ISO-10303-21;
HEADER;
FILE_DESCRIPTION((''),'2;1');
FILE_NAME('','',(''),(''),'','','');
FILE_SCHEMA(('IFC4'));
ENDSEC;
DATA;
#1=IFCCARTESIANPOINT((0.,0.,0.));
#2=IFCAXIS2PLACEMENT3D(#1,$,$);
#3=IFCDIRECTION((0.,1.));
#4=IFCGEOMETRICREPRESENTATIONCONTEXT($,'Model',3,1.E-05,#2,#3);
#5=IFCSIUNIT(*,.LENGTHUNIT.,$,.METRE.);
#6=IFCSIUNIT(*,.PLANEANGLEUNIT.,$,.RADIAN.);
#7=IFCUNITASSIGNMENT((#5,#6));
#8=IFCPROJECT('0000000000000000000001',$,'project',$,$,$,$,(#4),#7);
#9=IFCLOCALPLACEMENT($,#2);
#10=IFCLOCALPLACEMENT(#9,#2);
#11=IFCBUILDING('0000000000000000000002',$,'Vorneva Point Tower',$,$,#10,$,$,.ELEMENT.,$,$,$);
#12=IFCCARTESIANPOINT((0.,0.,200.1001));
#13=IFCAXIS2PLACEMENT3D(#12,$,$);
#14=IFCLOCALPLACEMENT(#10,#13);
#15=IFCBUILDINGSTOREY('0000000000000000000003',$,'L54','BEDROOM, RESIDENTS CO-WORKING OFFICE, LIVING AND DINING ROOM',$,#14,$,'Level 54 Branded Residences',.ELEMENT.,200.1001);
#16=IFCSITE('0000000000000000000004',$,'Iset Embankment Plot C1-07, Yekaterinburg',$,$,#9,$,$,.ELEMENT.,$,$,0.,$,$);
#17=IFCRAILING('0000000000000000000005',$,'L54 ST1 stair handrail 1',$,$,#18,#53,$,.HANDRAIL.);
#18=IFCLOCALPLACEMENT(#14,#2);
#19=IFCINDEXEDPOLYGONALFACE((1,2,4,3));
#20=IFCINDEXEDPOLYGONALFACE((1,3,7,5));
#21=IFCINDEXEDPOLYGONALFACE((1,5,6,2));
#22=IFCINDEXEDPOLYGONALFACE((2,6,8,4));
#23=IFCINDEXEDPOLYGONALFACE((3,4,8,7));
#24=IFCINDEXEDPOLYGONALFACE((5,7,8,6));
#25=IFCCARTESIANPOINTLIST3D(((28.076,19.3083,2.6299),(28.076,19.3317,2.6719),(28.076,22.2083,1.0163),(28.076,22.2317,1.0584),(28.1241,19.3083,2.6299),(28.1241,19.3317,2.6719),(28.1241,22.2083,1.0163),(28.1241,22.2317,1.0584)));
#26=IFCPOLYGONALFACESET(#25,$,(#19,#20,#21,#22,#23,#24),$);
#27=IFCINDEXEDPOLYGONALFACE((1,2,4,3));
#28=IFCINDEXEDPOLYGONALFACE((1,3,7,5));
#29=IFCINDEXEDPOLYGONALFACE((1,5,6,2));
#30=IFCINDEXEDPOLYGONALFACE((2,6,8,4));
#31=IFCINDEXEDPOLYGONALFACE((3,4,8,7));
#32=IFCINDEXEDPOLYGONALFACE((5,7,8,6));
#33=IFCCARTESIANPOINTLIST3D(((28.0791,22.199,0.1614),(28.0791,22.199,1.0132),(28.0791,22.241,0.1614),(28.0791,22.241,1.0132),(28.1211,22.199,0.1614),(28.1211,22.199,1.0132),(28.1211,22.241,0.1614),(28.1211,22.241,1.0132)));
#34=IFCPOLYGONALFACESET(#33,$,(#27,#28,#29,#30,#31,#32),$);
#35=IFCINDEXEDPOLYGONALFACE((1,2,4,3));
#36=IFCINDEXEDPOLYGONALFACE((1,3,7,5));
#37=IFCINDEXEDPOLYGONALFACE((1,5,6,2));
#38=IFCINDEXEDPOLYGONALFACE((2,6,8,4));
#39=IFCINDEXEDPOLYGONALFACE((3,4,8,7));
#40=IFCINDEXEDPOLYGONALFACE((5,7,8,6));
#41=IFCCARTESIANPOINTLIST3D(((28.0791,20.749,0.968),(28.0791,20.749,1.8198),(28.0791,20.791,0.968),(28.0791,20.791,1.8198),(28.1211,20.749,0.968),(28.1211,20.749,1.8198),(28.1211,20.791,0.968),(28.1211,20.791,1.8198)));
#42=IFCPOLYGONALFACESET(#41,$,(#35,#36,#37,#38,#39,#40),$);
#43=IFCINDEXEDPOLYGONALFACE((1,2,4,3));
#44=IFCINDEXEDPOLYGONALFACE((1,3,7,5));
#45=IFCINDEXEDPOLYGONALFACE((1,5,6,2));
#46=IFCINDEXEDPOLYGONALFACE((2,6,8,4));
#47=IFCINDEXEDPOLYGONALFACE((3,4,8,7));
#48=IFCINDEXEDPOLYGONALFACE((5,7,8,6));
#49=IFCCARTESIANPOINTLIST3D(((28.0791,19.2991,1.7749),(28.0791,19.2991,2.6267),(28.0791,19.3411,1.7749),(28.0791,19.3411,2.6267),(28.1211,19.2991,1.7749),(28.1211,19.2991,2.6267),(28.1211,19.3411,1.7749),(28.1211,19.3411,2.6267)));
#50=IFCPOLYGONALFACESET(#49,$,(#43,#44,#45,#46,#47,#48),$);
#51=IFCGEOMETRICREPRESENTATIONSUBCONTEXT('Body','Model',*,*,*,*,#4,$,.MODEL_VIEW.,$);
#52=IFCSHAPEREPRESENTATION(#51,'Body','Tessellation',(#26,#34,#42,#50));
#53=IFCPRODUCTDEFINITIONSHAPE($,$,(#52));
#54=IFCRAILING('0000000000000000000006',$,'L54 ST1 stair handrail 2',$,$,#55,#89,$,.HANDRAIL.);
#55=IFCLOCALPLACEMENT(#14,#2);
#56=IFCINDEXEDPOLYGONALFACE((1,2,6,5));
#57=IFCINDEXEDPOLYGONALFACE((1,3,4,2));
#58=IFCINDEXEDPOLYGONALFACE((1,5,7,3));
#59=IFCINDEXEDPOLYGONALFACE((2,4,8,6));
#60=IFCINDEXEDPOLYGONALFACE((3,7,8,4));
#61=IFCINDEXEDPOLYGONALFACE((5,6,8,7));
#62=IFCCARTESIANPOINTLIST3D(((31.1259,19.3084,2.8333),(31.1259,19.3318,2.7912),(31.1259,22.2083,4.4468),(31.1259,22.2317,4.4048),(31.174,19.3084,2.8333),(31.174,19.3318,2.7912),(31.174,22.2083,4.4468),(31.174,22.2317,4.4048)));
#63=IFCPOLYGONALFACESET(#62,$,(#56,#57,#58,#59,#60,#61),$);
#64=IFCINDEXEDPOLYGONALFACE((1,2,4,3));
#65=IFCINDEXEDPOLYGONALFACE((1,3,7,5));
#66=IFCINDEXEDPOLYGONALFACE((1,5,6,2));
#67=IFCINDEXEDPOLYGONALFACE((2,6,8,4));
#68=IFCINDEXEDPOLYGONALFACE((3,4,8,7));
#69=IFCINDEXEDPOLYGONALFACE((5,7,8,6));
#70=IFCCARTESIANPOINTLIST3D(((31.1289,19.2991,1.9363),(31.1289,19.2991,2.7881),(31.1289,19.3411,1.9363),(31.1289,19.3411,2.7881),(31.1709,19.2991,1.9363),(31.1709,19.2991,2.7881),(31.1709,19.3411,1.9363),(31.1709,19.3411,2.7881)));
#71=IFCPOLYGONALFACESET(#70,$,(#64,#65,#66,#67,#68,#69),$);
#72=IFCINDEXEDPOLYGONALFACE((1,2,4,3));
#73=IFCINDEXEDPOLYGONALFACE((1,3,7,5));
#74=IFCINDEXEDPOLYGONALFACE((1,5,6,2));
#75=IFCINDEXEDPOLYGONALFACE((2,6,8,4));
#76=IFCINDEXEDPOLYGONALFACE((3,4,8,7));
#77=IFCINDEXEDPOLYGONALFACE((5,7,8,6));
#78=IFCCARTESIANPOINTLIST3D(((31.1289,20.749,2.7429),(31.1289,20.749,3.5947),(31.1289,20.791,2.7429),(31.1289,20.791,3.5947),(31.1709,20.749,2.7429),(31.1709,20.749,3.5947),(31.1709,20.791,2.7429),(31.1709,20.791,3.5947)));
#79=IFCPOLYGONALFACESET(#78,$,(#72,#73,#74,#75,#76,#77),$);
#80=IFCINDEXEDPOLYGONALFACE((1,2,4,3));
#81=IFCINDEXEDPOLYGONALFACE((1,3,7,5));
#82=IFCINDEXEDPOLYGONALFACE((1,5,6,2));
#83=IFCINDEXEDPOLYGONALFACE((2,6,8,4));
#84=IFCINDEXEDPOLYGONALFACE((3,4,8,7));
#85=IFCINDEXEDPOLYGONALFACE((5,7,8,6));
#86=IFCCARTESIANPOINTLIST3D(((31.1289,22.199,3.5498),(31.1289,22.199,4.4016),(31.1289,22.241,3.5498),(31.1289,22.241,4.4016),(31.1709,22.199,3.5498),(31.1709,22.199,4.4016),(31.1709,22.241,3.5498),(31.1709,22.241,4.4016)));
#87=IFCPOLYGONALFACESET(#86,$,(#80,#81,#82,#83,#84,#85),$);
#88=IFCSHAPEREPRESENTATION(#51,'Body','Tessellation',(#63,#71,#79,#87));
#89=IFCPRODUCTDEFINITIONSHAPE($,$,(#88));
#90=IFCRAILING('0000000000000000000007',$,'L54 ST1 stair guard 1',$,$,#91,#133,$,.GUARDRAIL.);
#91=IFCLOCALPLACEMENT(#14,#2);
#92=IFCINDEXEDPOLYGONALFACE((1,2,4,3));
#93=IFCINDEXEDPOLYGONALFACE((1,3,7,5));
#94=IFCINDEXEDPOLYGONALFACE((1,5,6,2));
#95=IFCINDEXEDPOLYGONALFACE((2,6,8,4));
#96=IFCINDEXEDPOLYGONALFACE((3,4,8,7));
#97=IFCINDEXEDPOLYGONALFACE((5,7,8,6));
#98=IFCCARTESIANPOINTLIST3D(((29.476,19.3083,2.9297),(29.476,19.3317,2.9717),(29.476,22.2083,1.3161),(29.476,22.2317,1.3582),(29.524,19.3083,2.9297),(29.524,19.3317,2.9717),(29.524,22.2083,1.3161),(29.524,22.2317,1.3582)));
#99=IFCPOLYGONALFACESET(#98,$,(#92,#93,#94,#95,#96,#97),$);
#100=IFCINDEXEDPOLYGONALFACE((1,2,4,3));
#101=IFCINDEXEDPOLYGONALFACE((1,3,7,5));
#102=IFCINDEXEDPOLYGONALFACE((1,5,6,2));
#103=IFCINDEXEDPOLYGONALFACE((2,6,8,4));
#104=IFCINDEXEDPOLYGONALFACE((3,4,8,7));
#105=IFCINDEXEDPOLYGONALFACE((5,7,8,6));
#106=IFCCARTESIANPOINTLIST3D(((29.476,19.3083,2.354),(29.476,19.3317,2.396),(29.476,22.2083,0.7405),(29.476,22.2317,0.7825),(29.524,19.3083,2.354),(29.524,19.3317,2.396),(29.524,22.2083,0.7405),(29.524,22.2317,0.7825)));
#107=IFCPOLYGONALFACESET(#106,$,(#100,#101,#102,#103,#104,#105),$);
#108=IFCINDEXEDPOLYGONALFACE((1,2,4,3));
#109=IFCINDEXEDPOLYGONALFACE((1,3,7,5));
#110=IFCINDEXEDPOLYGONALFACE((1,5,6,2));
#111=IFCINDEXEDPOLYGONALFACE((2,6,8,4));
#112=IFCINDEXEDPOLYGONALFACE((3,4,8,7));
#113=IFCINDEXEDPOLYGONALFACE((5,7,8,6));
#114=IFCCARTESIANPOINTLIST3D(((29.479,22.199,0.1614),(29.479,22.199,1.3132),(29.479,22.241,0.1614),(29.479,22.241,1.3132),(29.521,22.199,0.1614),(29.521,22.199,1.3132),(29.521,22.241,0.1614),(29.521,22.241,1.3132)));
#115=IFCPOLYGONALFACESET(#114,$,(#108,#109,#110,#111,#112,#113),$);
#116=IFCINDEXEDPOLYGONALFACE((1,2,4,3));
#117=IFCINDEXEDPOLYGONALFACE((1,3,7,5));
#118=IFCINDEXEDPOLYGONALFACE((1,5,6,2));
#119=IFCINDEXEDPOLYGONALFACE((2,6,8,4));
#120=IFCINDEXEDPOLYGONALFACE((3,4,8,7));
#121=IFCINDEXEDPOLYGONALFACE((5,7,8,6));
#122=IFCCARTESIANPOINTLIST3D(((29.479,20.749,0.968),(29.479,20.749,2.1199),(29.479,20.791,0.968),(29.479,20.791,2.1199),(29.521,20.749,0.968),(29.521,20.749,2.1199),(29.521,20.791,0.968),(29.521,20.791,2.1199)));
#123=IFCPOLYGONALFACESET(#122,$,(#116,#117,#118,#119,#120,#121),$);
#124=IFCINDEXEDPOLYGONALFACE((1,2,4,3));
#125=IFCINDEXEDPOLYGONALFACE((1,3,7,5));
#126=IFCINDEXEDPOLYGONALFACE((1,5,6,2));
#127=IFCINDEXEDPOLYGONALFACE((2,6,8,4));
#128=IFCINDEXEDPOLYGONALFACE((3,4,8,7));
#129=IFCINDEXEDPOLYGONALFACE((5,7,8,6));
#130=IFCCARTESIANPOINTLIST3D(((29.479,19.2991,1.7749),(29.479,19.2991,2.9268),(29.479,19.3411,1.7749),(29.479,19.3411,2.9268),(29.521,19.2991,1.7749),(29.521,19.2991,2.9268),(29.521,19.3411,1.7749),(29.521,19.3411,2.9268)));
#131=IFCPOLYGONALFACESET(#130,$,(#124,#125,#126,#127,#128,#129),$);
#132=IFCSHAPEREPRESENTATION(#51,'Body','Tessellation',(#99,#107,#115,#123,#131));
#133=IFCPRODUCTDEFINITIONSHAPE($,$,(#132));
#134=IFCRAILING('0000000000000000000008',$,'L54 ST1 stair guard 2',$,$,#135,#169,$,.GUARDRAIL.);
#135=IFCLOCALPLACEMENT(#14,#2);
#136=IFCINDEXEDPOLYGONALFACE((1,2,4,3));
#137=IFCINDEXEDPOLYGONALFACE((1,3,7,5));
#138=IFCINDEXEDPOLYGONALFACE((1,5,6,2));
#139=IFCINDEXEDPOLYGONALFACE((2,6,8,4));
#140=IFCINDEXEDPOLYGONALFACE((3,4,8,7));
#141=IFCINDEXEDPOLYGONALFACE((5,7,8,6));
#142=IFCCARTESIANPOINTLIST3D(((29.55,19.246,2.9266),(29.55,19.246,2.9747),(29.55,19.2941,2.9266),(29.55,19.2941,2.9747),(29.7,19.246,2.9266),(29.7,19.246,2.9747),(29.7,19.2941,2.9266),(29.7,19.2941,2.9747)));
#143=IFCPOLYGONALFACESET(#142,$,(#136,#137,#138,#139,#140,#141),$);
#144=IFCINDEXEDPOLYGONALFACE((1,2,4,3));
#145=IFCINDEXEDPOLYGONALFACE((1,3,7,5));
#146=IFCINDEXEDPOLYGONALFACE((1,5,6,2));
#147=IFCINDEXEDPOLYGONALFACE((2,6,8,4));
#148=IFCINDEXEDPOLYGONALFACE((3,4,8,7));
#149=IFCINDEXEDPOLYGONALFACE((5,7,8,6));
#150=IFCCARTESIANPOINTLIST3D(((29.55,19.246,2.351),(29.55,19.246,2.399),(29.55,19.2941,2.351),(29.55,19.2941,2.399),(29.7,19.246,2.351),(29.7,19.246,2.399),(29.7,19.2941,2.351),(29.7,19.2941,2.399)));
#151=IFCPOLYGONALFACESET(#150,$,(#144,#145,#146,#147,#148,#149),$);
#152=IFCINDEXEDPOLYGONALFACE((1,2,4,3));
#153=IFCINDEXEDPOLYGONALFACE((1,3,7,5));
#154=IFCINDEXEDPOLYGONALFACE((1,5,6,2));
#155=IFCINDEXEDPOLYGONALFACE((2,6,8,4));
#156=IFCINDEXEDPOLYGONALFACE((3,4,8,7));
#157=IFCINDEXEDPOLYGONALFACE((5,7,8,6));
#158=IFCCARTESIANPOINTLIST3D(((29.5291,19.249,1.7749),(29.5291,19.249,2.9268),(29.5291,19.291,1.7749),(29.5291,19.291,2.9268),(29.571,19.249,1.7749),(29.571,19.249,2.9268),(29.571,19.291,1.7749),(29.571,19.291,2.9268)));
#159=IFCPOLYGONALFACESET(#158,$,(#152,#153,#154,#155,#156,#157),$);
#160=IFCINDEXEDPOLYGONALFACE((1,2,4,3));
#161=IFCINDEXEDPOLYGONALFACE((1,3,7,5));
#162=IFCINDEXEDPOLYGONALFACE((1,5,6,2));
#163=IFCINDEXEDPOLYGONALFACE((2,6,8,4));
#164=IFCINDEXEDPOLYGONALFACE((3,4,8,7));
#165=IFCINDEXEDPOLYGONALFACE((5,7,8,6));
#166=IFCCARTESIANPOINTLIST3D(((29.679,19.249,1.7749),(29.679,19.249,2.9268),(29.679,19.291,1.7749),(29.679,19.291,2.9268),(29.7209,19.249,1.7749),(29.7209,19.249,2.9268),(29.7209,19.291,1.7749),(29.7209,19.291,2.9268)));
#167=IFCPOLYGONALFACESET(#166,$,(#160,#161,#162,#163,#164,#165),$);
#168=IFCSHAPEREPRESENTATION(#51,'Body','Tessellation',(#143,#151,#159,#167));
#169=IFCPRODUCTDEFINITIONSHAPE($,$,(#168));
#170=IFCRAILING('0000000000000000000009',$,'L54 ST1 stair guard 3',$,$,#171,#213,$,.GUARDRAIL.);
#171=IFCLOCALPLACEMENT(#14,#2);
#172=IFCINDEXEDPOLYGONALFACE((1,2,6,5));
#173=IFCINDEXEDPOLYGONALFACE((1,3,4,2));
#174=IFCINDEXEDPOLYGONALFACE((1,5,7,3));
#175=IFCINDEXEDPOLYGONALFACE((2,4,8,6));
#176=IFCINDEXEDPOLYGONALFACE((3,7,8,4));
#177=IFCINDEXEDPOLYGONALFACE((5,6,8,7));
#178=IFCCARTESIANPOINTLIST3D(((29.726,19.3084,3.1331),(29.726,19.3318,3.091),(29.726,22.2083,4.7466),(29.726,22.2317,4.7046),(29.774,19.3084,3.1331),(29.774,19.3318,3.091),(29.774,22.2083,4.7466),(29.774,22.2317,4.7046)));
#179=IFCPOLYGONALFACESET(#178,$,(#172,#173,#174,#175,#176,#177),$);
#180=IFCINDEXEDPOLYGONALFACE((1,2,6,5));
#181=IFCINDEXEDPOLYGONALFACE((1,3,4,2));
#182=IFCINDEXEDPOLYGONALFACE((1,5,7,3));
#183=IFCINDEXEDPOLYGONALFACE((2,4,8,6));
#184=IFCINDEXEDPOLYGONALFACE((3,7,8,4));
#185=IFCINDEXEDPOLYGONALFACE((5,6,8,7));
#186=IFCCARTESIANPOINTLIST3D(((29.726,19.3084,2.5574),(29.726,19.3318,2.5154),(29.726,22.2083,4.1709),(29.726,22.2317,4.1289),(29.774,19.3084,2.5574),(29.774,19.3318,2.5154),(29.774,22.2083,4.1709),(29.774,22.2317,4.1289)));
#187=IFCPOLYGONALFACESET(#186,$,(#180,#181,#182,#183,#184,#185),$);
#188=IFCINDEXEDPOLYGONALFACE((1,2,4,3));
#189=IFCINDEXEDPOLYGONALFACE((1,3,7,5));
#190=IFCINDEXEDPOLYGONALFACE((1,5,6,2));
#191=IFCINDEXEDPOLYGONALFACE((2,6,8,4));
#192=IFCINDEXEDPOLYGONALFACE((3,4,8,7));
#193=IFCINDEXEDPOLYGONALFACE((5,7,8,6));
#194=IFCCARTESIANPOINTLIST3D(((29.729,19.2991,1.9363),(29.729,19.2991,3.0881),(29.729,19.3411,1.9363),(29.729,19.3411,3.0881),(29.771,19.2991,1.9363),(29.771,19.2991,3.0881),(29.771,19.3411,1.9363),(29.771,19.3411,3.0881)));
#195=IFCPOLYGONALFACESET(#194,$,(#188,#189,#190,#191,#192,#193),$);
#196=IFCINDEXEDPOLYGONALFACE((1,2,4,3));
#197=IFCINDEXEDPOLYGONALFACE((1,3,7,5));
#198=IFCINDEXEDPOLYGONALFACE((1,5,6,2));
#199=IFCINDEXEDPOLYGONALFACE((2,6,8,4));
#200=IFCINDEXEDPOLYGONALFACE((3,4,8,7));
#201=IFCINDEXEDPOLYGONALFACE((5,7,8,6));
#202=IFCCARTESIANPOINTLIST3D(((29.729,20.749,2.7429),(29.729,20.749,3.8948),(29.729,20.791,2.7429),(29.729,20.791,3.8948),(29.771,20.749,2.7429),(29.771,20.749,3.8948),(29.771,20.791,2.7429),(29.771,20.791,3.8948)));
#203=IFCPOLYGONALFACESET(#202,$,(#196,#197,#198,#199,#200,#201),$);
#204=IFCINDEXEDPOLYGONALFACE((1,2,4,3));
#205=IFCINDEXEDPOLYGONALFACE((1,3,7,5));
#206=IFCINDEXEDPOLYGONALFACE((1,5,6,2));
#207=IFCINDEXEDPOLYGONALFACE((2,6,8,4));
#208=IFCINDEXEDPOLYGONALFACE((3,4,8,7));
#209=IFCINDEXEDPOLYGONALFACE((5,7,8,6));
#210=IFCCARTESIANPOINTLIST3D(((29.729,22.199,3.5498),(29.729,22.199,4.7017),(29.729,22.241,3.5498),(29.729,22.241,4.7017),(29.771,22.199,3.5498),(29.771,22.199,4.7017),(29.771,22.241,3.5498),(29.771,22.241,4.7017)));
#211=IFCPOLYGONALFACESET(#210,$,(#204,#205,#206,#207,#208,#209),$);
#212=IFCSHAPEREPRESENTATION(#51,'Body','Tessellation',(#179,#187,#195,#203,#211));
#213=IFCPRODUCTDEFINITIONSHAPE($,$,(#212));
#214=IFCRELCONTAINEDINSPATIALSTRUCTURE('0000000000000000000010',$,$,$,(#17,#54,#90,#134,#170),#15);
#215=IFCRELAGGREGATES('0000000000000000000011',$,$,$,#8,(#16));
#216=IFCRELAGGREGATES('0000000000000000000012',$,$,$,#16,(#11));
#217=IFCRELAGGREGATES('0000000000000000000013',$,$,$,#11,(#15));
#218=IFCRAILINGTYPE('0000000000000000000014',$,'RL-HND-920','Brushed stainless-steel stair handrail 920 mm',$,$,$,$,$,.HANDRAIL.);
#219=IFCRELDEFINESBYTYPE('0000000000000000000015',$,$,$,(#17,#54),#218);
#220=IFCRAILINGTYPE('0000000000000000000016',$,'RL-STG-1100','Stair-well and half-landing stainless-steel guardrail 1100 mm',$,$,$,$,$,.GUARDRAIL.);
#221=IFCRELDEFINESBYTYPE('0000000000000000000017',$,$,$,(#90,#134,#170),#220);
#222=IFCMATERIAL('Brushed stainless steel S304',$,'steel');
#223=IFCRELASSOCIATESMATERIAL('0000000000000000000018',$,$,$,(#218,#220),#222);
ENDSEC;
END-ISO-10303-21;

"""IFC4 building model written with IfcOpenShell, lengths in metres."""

from ifc_helpers import new_model, si_unit, direction, frame, origin, origin_2d, place, context, subcontext, project, spatial, rectangle, extrude, material, type_object, element, save


model = new_model("IFC4")

# Units and contexts
model_context = context("Model", 3, precision=1e-05, world=origin(), true_north=direction((0.0, 1.0)))
body_context = subcontext(model_context, "Body", "Model", "MODEL_VIEW")
ifc_project = project(units=[si_unit("LENGTHUNIT", "METRE"), si_unit("PLANEANGLEUNIT", "RADIAN")], contexts=[model_context])

# Site, building, storey
site_placement = place(None, origin())
site = spatial("IfcSite", under=ifc_project, at=site_placement, Name="Iset Embankment Plot C1-07, Yekaterinburg", CompositionType="ELEMENT", RefElevation=0.0)
building_placement = place(site_placement, origin())
building = spatial("IfcBuilding", under=site, at=building_placement, Name="Vorneva Point Tower", CompositionType="ELEMENT")
storey_placement = place(building_placement, frame((0.0, 0.0, 200.1001)))
storey = spatial("IfcBuildingStorey", under=building, at=storey_placement, Name="L54", Description="BEDROOM, RESIDENTS CO-WORKING OFFICE, LIVING AND DINING ROOM", LongName="Level 54 Branded Residences", CompositionType="ELEMENT", Elevation=200.1001)

# Shared definitions
ifc_material_1 = material(Name="Brushed stainless steel S304", Category="steel")

# Railings
railing_type_1 = type_object("IfcRailingType", Name="RL-HND-920", Description="Brushed stainless-steel stair handrail 920 mm", PredefinedType="HANDRAIL", material=ifc_material_1)
railing_1_placement = place(storey_placement, frame((28.1001, 22.22, 0.1614)))
element("IfcRailing", 1, at=railing_1_placement, inside=storey, type_object=railing_type_1, Name="L54 ST1 stair handrail 1", PredefinedType="HANDRAIL", context=body_context, shape_type="SweptSolid", body=[
    extrude(rectangle(XDim=0.0481, YDim=0.0481, at=origin_2d()), frame((0.0, 0.0, 0.876), z_axis=(0.0, -0.873841, 0.486211), x_axis=(1.0, 0.0, 0.0)), (0.0, 0.0, 1.0), 3.3186),
    extrude(rectangle(XDim=0.042, YDim=0.042, at=origin_2d()), origin(), (0.0, 0.0, 1.0), 0.8518),
    extrude(rectangle(XDim=0.042, YDim=0.042, at=origin_2d()), frame((0.0, -1.45, 0.8066)), (0.0, 0.0, 1.0), 0.8518),
    extrude(rectangle(XDim=0.042, YDim=0.042, at=origin_2d()), frame((0.0, -2.8999, 1.6135)), (0.0, 0.0, 1.0), 0.8518),
])
railing_2_placement = place(storey_placement, frame((31.1499, 19.3201, 1.9363)))
element("IfcRailing", 2, at=railing_2_placement, inside=storey, type_object=railing_type_1, Name="L54 ST1 stair handrail 2", PredefinedType="HANDRAIL", context=body_context, shape_type="SweptSolid", body=[
    extrude(rectangle(XDim=0.0481, YDim=0.0481, at=origin_2d()), frame((0.0, 0.0, 0.876), z_axis=(0.0, 0.873841, 0.486211), x_axis=(-1.0, 0.0, 0.0)), (0.0, 0.0, 1.0), 3.3186),
    extrude(rectangle(XDim=0.042, YDim=0.042, at=origin_2d()), origin(), (0.0, 0.0, 1.0), 0.8518),
    extrude(rectangle(XDim=0.042, YDim=0.042, at=origin_2d()), frame((0.0, 1.45, 0.8066)), (0.0, 0.0, 1.0), 0.8518),
    extrude(rectangle(XDim=0.042, YDim=0.042, at=origin_2d()), frame((0.0, 2.8999, 1.6135)), (0.0, 0.0, 1.0), 0.8518),
])
railing_type_2 = type_object("IfcRailingType", Name="RL-STG-1100", Description="Stair-well and half-landing stainless-steel guardrail 1100 mm", PredefinedType="GUARDRAIL", material=ifc_material_1)
railing_3_placement = place(storey_placement, frame((29.5, 22.22, 0.1614)))
element("IfcRailing", 3, at=railing_3_placement, inside=storey, type_object=railing_type_2, Name="L54 ST1 stair guard 1", PredefinedType="GUARDRAIL", context=body_context, shape_type="SweptSolid", body=[
    extrude(rectangle(XDim=0.0481, YDim=0.0481, at=origin_2d()), frame((0.0, 0.0, 1.1758), z_axis=(0.0, -0.873841, 0.486211), x_axis=(1.0, 0.0, 0.0)), (0.0, 0.0, 1.0), 3.3186),
    extrude(rectangle(XDim=0.0481, YDim=0.0481, at=origin_2d()), frame((0.0, 0.0, 0.6001), z_axis=(0.0, -0.873841, 0.486211), x_axis=(1.0, 0.0, 0.0)), (0.0, 0.0, 1.0), 3.3186),
    extrude(rectangle(XDim=0.042, YDim=0.042, at=origin_2d()), origin(), (0.0, 0.0, 1.0), 1.1519),
    extrude(rectangle(XDim=0.042, YDim=0.042, at=origin_2d()), frame((0.0, -1.45, 0.8066)), (0.0, 0.0, 1.0), 1.1519),
    extrude(rectangle(XDim=0.042, YDim=0.042, at=origin_2d()), frame((0.0, -2.8999, 1.6135)), (0.0, 0.0, 1.0), 1.1519),
])
railing_4_placement = place(storey_placement, frame((29.55, 19.27, 1.7749)))
element("IfcRailing", 4, at=railing_4_placement, inside=storey, type_object=railing_type_2, Name="L54 ST1 stair guard 2", PredefinedType="GUARDRAIL", context=body_context, shape_type="SweptSolid", body=[
    extrude(rectangle(XDim=0.0481, YDim=0.0481, at=origin_2d()), frame((0.0, 0.0, 1.1758), z_axis=(1.0, 0.0, 0.0), x_axis=(0.0, 1.0, 0.0)), (0.0, 0.0, 1.0), 0.1499),
    extrude(rectangle(XDim=0.0481, YDim=0.0481, at=origin_2d()), frame((0.0, 0.0, 0.6001), z_axis=(1.0, 0.0, 0.0), x_axis=(0.0, 1.0, 0.0)), (0.0, 0.0, 1.0), 0.1499),
    extrude(rectangle(XDim=0.042, YDim=0.042, at=origin_2d()), origin(), (0.0, 0.0, 1.0), 1.1519),
    extrude(rectangle(XDim=0.042, YDim=0.042, at=origin_2d()), frame((0.1499, 0.0, 0.0)), (0.0, 0.0, 1.0), 1.1519),
])
railing_5_placement = place(storey_placement, frame((29.75, 19.3201, 1.9363)))
element("IfcRailing", 5, at=railing_5_placement, inside=storey, type_object=railing_type_2, Name="L54 ST1 stair guard 3", PredefinedType="GUARDRAIL", context=body_context, shape_type="SweptSolid", body=[
    extrude(rectangle(XDim=0.0481, YDim=0.0481, at=origin_2d()), frame((0.0, 0.0, 1.1758), z_axis=(0.0, 0.873841, 0.486211), x_axis=(-1.0, 0.0, 0.0)), (0.0, 0.0, 1.0), 3.3186),
    extrude(rectangle(XDim=0.0481, YDim=0.0481, at=origin_2d()), frame((0.0, 0.0, 0.6001), z_axis=(0.0, 0.873841, 0.486211), x_axis=(-1.0, 0.0, 0.0)), (0.0, 0.0, 1.0), 3.3186),
    extrude(rectangle(XDim=0.042, YDim=0.042, at=origin_2d()), origin(), (0.0, 0.0, 1.0), 1.1519),
    extrude(rectangle(XDim=0.042, YDim=0.042, at=origin_2d()), frame((0.0, 1.45, 0.8066)), (0.0, 0.0, 1.0), 1.1519),
    extrude(rectangle(XDim=0.042, YDim=0.042, at=origin_2d()), frame((0.0, 2.8999, 1.6135)), (0.0, 0.0, 1.0), 1.1519),
])

save(model, "model.ifc")
